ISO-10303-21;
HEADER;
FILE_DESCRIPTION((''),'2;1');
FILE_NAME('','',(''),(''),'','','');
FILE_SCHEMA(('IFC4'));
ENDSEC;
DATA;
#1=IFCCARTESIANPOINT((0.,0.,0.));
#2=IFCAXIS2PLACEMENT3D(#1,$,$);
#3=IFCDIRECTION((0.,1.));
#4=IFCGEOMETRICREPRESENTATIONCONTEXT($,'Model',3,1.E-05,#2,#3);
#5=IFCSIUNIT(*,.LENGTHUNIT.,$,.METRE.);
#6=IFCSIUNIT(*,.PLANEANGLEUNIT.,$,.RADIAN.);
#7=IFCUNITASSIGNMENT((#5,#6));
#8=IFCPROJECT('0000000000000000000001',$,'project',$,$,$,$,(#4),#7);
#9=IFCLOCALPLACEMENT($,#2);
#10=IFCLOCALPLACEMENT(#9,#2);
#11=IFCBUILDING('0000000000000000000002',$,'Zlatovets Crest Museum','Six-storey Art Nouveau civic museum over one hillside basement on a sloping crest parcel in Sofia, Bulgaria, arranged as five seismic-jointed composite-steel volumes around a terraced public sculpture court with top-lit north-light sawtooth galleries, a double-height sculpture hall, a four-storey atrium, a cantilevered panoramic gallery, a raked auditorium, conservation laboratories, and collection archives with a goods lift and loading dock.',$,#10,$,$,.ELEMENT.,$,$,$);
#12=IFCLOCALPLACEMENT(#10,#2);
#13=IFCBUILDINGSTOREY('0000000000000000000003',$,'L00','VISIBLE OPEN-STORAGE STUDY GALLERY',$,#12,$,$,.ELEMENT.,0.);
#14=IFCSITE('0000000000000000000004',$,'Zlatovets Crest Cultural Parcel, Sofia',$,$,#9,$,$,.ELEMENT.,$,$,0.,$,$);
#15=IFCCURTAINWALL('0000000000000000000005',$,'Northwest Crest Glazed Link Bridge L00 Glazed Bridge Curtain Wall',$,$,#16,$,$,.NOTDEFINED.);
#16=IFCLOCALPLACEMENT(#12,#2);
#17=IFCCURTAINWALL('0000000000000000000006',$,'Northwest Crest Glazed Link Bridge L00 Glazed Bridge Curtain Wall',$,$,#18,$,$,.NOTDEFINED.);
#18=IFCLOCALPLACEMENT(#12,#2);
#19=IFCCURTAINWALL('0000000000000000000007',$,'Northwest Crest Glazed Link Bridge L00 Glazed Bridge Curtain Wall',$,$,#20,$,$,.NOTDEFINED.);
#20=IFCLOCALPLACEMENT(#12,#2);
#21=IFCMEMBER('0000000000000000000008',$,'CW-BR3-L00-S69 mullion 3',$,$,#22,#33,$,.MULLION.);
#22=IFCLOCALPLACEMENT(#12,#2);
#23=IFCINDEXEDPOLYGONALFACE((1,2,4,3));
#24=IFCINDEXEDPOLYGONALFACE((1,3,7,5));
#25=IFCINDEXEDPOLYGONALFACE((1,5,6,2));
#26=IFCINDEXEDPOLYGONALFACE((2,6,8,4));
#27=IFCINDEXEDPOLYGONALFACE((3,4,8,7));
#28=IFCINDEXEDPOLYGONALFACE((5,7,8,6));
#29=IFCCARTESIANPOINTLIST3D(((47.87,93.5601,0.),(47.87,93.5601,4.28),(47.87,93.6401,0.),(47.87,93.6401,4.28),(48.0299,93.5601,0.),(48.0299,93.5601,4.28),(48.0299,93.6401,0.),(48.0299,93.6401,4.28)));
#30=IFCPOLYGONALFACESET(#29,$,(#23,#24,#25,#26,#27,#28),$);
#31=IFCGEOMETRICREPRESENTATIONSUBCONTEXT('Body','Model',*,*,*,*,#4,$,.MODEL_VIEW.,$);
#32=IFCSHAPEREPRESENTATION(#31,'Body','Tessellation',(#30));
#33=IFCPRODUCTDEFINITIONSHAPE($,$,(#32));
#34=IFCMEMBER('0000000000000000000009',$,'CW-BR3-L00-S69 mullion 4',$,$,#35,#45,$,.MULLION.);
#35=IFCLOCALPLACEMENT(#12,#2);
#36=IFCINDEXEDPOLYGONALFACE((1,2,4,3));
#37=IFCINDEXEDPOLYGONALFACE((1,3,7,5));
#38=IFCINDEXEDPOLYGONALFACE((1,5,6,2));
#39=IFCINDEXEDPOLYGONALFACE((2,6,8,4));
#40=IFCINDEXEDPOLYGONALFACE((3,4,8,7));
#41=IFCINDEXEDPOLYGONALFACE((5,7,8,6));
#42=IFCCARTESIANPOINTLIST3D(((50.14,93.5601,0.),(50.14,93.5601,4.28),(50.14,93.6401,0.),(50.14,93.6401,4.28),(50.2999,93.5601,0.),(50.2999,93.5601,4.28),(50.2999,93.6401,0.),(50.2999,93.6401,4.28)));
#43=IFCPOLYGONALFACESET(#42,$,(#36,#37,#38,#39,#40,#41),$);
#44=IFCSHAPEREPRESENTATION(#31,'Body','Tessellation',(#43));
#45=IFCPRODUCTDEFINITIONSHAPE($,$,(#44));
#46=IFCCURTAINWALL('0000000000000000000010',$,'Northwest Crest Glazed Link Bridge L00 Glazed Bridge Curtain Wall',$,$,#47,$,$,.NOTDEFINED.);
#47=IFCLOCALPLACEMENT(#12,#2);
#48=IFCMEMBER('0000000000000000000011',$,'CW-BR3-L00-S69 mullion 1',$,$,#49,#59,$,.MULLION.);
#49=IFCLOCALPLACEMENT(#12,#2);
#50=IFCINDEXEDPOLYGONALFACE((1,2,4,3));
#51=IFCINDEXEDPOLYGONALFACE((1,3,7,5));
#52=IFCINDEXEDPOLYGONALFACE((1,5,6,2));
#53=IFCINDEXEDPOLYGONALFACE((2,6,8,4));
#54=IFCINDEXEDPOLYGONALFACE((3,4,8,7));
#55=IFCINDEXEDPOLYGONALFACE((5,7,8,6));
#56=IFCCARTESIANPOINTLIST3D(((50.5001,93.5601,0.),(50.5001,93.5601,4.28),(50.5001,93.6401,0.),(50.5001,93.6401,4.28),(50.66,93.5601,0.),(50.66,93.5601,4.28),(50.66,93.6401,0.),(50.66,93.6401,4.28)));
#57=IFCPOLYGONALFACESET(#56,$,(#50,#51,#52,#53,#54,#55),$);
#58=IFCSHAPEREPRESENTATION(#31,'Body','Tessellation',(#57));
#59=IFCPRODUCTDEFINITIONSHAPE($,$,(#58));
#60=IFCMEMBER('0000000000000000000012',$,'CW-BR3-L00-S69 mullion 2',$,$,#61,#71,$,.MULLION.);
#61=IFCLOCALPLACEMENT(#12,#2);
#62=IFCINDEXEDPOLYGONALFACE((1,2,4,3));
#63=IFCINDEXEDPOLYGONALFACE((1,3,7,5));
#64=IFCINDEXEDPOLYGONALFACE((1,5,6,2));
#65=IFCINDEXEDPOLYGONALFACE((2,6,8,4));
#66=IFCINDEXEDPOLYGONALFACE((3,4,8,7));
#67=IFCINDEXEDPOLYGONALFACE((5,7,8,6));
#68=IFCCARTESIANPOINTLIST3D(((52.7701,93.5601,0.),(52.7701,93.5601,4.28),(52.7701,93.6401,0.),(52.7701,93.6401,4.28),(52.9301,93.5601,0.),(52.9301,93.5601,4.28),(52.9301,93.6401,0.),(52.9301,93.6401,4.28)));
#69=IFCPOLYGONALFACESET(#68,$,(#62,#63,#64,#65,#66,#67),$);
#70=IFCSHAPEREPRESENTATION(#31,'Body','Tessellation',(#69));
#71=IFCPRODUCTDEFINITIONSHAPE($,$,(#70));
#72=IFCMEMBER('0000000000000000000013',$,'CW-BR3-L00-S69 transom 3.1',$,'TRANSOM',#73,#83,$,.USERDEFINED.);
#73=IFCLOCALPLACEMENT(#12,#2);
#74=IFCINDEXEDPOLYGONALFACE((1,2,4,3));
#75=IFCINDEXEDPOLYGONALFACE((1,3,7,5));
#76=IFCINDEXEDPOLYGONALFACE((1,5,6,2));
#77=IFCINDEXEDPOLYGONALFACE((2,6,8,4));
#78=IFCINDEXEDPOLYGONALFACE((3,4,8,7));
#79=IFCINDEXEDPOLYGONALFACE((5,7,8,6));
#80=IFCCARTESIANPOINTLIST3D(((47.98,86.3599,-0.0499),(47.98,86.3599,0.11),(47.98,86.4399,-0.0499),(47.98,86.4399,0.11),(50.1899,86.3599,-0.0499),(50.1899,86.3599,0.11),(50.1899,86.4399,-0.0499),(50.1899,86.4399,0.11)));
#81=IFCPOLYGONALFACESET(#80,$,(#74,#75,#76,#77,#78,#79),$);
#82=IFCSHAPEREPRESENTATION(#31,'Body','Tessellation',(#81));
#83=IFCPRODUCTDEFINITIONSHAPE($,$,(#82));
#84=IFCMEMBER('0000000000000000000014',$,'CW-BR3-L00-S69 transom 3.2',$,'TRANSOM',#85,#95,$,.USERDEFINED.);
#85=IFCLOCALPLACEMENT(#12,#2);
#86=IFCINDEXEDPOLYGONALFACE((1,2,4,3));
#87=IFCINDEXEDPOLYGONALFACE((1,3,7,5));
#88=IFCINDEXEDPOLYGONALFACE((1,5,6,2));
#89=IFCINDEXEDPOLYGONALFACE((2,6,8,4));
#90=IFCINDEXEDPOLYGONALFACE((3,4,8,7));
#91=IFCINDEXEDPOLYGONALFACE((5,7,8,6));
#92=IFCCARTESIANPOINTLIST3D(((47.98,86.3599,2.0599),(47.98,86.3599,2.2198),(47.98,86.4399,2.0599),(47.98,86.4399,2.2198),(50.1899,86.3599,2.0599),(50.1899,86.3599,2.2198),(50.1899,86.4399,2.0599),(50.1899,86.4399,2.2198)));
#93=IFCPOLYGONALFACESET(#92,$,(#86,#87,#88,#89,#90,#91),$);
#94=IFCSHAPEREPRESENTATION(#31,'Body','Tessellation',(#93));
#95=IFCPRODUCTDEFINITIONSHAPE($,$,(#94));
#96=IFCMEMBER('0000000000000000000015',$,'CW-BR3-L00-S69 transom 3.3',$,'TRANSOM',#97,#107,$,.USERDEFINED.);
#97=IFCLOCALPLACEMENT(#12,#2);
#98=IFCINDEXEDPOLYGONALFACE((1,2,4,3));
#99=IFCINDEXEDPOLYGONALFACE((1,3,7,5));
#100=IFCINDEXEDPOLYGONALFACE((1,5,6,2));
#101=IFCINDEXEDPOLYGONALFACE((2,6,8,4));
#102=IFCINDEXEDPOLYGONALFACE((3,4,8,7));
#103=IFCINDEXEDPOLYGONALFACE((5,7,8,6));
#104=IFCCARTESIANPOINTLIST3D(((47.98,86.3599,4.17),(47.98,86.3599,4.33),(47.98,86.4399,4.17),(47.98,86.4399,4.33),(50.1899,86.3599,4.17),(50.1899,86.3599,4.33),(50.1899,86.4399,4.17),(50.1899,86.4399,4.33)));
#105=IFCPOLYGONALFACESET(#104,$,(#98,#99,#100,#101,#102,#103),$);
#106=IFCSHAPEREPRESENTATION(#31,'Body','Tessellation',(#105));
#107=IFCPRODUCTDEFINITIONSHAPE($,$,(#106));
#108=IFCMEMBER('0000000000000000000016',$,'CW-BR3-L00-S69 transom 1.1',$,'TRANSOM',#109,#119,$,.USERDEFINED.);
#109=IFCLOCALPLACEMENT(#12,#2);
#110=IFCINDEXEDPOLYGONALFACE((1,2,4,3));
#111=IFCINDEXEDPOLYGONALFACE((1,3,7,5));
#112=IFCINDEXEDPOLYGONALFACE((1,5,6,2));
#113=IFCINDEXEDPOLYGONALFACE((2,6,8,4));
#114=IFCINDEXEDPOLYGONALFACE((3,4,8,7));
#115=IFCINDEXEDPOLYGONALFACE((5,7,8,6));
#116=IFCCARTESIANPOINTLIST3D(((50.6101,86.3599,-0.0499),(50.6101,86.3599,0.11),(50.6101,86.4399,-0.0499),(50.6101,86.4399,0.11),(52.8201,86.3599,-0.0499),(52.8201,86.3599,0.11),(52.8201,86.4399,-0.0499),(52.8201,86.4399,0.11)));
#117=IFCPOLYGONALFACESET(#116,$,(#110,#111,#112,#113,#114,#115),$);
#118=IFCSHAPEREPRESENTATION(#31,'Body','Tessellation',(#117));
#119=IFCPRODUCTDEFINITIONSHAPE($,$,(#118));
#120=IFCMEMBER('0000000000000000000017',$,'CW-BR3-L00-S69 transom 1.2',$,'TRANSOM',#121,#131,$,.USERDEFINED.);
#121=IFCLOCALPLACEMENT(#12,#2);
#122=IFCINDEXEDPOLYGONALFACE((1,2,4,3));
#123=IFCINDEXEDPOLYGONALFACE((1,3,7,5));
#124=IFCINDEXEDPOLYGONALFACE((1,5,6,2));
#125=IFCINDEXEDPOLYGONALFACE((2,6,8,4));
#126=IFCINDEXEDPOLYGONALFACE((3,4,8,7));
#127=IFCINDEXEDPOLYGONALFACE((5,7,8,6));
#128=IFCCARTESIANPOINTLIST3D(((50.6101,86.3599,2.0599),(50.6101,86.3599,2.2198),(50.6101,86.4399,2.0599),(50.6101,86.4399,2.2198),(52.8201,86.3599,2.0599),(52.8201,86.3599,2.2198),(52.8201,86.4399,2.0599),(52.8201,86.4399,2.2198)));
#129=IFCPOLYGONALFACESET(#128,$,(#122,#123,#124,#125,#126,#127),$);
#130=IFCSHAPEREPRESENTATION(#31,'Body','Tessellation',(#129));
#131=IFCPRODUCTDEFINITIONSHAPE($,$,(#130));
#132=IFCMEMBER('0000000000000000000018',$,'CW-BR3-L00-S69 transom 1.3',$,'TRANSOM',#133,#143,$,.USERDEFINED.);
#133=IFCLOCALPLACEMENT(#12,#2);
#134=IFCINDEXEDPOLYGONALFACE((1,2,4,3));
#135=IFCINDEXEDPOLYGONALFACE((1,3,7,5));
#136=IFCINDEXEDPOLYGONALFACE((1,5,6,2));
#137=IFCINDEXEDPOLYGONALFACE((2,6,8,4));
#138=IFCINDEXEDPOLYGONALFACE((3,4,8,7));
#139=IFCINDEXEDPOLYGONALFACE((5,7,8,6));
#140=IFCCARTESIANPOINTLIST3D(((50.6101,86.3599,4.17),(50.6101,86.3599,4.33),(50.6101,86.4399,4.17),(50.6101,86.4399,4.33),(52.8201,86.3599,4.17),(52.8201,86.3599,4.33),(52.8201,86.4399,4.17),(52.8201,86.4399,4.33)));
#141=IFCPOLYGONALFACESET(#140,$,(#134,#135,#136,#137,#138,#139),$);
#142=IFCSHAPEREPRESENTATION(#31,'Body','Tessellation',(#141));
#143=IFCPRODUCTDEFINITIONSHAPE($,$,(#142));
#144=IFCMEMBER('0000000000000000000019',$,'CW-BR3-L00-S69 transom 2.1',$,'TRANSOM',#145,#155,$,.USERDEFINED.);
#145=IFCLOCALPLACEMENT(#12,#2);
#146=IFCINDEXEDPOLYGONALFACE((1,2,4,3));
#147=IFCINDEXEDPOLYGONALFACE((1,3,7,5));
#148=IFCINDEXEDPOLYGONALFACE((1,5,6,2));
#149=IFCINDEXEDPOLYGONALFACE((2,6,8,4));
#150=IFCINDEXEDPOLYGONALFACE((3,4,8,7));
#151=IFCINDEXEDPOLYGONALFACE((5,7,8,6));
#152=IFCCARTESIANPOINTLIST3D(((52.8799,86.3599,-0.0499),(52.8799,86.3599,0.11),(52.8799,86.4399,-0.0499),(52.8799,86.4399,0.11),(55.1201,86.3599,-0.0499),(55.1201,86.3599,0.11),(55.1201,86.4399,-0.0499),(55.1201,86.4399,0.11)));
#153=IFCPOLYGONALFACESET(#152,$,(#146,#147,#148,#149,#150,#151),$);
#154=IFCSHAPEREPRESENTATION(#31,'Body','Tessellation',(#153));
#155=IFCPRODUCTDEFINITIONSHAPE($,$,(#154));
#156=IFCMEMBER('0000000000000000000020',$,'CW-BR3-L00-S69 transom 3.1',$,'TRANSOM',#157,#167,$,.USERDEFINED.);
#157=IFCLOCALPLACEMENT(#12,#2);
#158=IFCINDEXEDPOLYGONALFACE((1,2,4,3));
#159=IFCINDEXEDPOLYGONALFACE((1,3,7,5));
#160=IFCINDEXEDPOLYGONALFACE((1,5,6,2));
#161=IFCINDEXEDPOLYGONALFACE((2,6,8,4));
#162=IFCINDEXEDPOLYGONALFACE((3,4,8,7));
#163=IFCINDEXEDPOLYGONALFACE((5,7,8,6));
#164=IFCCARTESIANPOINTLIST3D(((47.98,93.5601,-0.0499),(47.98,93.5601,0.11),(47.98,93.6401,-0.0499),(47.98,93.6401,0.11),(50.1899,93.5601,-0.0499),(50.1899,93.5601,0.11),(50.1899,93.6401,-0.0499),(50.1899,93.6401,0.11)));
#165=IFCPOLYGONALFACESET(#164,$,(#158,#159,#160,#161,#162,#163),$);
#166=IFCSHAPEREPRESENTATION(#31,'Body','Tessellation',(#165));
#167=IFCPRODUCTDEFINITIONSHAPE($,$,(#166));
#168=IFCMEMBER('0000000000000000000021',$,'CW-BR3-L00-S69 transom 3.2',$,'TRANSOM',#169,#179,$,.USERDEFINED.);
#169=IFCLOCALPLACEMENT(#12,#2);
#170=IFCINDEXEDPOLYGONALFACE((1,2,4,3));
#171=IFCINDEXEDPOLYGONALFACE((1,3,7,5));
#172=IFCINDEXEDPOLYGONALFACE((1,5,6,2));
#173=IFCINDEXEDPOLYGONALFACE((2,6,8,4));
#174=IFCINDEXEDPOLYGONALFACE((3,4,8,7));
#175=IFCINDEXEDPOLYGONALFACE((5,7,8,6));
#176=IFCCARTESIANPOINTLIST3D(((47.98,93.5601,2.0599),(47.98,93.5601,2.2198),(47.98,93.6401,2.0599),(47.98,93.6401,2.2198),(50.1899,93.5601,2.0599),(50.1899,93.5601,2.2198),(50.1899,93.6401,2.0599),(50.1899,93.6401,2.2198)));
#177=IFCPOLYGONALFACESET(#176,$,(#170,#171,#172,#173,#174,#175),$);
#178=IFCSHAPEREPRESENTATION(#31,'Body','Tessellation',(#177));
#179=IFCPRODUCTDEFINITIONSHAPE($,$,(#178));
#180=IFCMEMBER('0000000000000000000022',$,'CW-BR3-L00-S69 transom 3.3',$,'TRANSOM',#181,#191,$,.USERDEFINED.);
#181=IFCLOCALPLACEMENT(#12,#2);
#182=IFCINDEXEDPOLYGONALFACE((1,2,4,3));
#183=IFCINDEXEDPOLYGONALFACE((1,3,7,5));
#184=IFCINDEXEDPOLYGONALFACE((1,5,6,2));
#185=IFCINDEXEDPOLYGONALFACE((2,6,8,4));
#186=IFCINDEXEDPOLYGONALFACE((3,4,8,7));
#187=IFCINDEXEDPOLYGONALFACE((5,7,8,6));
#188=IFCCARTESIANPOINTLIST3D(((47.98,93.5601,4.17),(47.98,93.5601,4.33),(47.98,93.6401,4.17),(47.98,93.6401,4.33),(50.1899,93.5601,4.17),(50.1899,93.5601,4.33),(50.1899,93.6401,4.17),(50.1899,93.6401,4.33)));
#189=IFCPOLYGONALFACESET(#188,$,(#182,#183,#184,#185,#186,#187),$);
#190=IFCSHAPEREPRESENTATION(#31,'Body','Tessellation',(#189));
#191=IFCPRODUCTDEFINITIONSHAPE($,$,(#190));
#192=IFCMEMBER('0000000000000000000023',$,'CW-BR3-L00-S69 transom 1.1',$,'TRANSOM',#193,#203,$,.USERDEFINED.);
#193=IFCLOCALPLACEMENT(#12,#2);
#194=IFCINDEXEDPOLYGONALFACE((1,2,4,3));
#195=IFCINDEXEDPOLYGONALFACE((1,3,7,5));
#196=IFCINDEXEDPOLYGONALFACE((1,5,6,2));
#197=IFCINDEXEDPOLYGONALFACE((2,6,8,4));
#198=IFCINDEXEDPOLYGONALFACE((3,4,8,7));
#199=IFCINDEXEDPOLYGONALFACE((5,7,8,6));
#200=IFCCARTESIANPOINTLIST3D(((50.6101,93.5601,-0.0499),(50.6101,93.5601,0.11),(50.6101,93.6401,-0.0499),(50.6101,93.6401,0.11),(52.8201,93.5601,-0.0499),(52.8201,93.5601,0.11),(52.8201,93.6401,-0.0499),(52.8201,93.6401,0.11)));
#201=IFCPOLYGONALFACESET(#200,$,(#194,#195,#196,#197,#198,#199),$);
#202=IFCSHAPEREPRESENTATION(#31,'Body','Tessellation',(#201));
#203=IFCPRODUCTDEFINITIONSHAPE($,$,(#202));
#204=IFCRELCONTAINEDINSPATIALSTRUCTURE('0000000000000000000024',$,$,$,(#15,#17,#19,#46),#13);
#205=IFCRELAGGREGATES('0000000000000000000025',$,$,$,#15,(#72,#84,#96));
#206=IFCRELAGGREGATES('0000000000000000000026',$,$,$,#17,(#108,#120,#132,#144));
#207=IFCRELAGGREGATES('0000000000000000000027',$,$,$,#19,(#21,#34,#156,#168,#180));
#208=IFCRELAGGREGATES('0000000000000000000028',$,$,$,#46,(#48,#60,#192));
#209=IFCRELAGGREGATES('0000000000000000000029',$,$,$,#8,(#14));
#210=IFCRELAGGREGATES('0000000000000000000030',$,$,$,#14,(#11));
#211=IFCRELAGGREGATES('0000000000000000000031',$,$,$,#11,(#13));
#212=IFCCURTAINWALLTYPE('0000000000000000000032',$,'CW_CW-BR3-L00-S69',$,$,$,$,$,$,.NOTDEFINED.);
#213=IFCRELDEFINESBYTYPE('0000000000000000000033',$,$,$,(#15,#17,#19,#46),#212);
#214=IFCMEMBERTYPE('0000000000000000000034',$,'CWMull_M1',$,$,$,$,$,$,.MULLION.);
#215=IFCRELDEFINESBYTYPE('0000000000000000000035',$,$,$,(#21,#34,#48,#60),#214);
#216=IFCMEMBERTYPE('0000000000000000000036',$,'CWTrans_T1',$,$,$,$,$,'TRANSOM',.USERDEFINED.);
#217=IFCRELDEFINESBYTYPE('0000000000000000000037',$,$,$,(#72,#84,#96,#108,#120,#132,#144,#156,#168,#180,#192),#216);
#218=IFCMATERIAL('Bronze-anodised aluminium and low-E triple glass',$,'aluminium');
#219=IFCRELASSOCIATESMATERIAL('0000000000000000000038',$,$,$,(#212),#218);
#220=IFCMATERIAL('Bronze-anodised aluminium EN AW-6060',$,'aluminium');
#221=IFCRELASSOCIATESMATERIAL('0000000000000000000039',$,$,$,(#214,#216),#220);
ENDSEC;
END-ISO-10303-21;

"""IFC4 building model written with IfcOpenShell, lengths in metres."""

from ifc_helpers import new_model, si_unit, direction, frame, origin, origin_2d, place, context, subcontext, project, spatial, rectangle, extrude, material, material_profile, profile_set, type_object, element, aggregate, save


model = new_model("IFC4")

# Units and contexts
model_context = context("Model", 3, precision=1e-05, world=origin(), true_north=direction((0.0, 1.0)))
body_context = subcontext(model_context, "Body", "Model", "MODEL_VIEW")
ifc_project = project(units=[si_unit("LENGTHUNIT", "METRE"), si_unit("PLANEANGLEUNIT", "RADIAN")], contexts=[model_context])

# Site, building, storey
site_placement = place(None, origin())
site = spatial("IfcSite", under=ifc_project, at=site_placement, Name="Zlatovets Crest Cultural Parcel, Sofia", CompositionType="ELEMENT", RefElevation=0.0)
building_placement = place(site_placement, origin())
building = spatial("IfcBuilding", under=site, at=building_placement, Name="Zlatovets Crest Museum", Description="Six-storey Art Nouveau civic museum over one hillside basement on a sloping crest parcel in Sofia, Bulgaria, arranged as five seismic-jointed composite-steel volumes around a terraced public sculpture court with top-lit north-light sawtooth galleries, a double-height sculpture hall, a four-storey atrium, a cantilevered panoramic gallery, a raked auditorium, conservation laboratories, and collection archives with a goods lift and loading dock.", CompositionType="ELEMENT")
storey_placement = place(building_placement, origin())
storey = spatial("IfcBuildingStorey", under=building, at=storey_placement, Name="L00", Description="VISIBLE OPEN-STORAGE STUDY GALLERY", CompositionType="ELEMENT", Elevation=0.0)

# Curtain walls, members
ifc_material_1 = material(Name="Bronze-anodised aluminium and low-E triple glass", Category="aluminium")
curtain_wall_type = type_object("IfcCurtainWallType", Name="CW_CW-BR3-L00-S69", PredefinedType="NOTDEFINED", material=ifc_material_1)
curtain_wall_1_placement = place(storey_placement, origin())
curtain_wall_1 = element("IfcCurtainWall", 1, at=curtain_wall_1_placement, inside=storey, type_object=curtain_wall_type, Name="Northwest Crest Glazed Link Bridge L00 Glazed Bridge Curtain Wall", PredefinedType="NOTDEFINED")
ifc_material_2 = material(Name="Bronze-anodised aluminium EN AW-6060", Category="aluminium")
ifc_material_profile_1 = material_profile(ifc_material_2, rectangle(XDim=0.0801, YDim=0.1599, at=origin_2d()), Name="ALU 80x160")
ifc_profile_set_1 = profile_set([ifc_material_profile_1], Name="Bronze-anodised aluminium EN AW-6060")
member_type_1 = type_object("IfcMemberType", Name="CWMull_M1", PredefinedType="MULLION", material=ifc_profile_set_1)
curtain_wall_2_placement = place(storey_placement, origin())
curtain_wall_2 = element("IfcCurtainWall", 2, at=curtain_wall_2_placement, inside=storey, type_object=curtain_wall_type, Name="Northwest Crest Glazed Link Bridge L00 Glazed Bridge Curtain Wall", PredefinedType="NOTDEFINED")
curtain_wall_3_placement = place(storey_placement, origin())
curtain_wall_3 = element("IfcCurtainWall", 3, at=curtain_wall_3_placement, inside=storey, type_object=curtain_wall_type, Name="Northwest Crest Glazed Link Bridge L00 Glazed Bridge Curtain Wall", PredefinedType="NOTDEFINED")
member_1_placement = place(storey_placement, frame((47.95, 93.6001, 0.0), z_axis=(0.0, 0.0, 1.0), x_axis=(0.0, 1.0, 0.0)))
member_1 = element("IfcMember", 4, at=member_1_placement, type_object=member_type_1, Name="CW-BR3-L00-S69 mullion 3", PredefinedType="MULLION", context=body_context, shape_type="SweptSolid", body=[
    extrude(rectangle(XDim=0.0801, YDim=0.1599, at=origin_2d()), origin(), (0.0, 0.0, 1.0), 4.28),
])
member_2_placement = place(storey_placement, frame((50.22, 93.6001, 0.0), z_axis=(0.0, 0.0, 1.0), x_axis=(0.0, 1.0, 0.0)))
member_2 = element("IfcMember", 5, at=member_2_placement, type_object=member_type_1, Name="CW-BR3-L00-S69 mullion 4", PredefinedType="MULLION", context=body_context, shape_type="SweptSolid", body=[
    extrude(rectangle(XDim=0.0801, YDim=0.1599, at=origin_2d()), origin(), (0.0, 0.0, 1.0), 4.28),
])
curtain_wall_4_placement = place(storey_placement, origin())
curtain_wall_4 = element("IfcCurtainWall", 6, at=curtain_wall_4_placement, inside=storey, type_object=curtain_wall_type, Name="Northwest Crest Glazed Link Bridge L00 Glazed Bridge Curtain Wall", PredefinedType="NOTDEFINED")
member_3_placement = place(storey_placement, frame((50.5801, 93.6001, 0.0), z_axis=(0.0, 0.0, 1.0), x_axis=(0.0, 1.0, 0.0)))
member_3 = element("IfcMember", 7, at=member_3_placement, type_object=member_type_1, Name="CW-BR3-L00-S69 mullion 1", PredefinedType="MULLION", context=body_context, shape_type="SweptSolid", body=[
    extrude(rectangle(XDim=0.0801, YDim=0.1599, at=origin_2d()), origin(), (0.0, 0.0, 1.0), 4.28),
])
member_4_placement = place(storey_placement, frame((52.8501, 93.6001, 0.0), z_axis=(0.0, 0.0, 1.0), x_axis=(0.0, 1.0, 0.0)))
member_4 = element("IfcMember", 8, at=member_4_placement, type_object=member_type_1, Name="CW-BR3-L00-S69 mullion 2", PredefinedType="MULLION", context=body_context, shape_type="SweptSolid", body=[
    extrude(rectangle(XDim=0.0801, YDim=0.1599, at=origin_2d()), origin(), (0.0, 0.0, 1.0), 4.28),
])

# Members
ifc_material_profile_2 = material_profile(ifc_material_2, rectangle(XDim=0.0801, YDim=0.1599, at=origin_2d()), Name="ALU 80x160")
ifc_profile_set_2 = profile_set([ifc_material_profile_2], Name="Bronze-anodised aluminium EN AW-6060")
member_type_2 = type_object("IfcMemberType", Name="CWTrans_T1", ElementType="TRANSOM", PredefinedType="USERDEFINED", material=ifc_profile_set_2)
member_5_placement = place(storey_placement, frame((47.98, 86.3999, 0.03), z_axis=(1.0, 0.0, 0.0), x_axis=(0.0, 1.0, 0.0)))
member_5 = element("IfcMember", 9, at=member_5_placement, type_object=member_type_2, Name="CW-BR3-L00-S69 transom 3.1", ObjectType="TRANSOM", PredefinedType="USERDEFINED", context=body_context, shape_type="SweptSolid", body=[
    extrude(rectangle(XDim=0.0801, YDim=0.1599, at=origin_2d()), origin(), (0.0, 0.0, 1.0), 2.21),
])
member_6_placement = place(storey_placement, frame((47.98, 86.3999, 2.1399), z_axis=(1.0, 0.0, 0.0), x_axis=(0.0, 1.0, 0.0)))
member_6 = element("IfcMember", 10, at=member_6_placement, type_object=member_type_2, Name="CW-BR3-L00-S69 transom 3.2", ObjectType="TRANSOM", PredefinedType="USERDEFINED", context=body_context, shape_type="SweptSolid", body=[
    extrude(rectangle(XDim=0.0801, YDim=0.1599, at=origin_2d()), origin(), (0.0, 0.0, 1.0), 2.21),
])
member_7_placement = place(storey_placement, frame((47.98, 86.3999, 4.25), z_axis=(1.0, 0.0, 0.0), x_axis=(0.0, 1.0, 0.0)))
member_7 = element("IfcMember", 11, at=member_7_placement, type_object=member_type_2, Name="CW-BR3-L00-S69 transom 3.3", ObjectType="TRANSOM", PredefinedType="USERDEFINED", context=body_context, shape_type="SweptSolid", body=[
    extrude(rectangle(XDim=0.0801, YDim=0.1599, at=origin_2d()), origin(), (0.0, 0.0, 1.0), 2.21),
])
member_8_placement = place(storey_placement, frame((50.6101, 86.3999, 0.03), z_axis=(1.0, 0.0, 0.0), x_axis=(0.0, 1.0, 0.0)))
member_8 = element("IfcMember", 12, at=member_8_placement, type_object=member_type_2, Name="CW-BR3-L00-S69 transom 1.1", ObjectType="TRANSOM", PredefinedType="USERDEFINED", context=body_context, shape_type="SweptSolid", body=[
    extrude(rectangle(XDim=0.0801, YDim=0.1599, at=origin_2d()), origin(), (0.0, 0.0, 1.0), 2.21),
])
member_9_placement = place(storey_placement, frame((50.6101, 86.3999, 2.1399), z_axis=(1.0, 0.0, 0.0), x_axis=(0.0, 1.0, 0.0)))
member_9 = element("IfcMember", 13, at=member_9_placement, type_object=member_type_2, Name="CW-BR3-L00-S69 transom 1.2", ObjectType="TRANSOM", PredefinedType="USERDEFINED", context=body_context, shape_type="SweptSolid", body=[
    extrude(rectangle(XDim=0.0801, YDim=0.1599, at=origin_2d()), origin(), (0.0, 0.0, 1.0), 2.21),
])
member_10_placement = place(storey_placement, frame((50.6101, 86.3999, 4.25), z_axis=(1.0, 0.0, 0.0), x_axis=(0.0, 1.0, 0.0)))
member_10 = element("IfcMember", 14, at=member_10_placement, type_object=member_type_2, Name="CW-BR3-L00-S69 transom 1.3", ObjectType="TRANSOM", PredefinedType="USERDEFINED", context=body_context, shape_type="SweptSolid", body=[
    extrude(rectangle(XDim=0.0801, YDim=0.1599, at=origin_2d()), origin(), (0.0, 0.0, 1.0), 2.21),
])
member_11_placement = place(storey_placement, frame((52.8799, 86.3999, 0.03), z_axis=(1.0, 0.0, 0.0), x_axis=(0.0, 1.0, 0.0)))
member_11 = element("IfcMember", 15, at=member_11_placement, type_object=member_type_2, Name="CW-BR3-L00-S69 transom 2.1", ObjectType="TRANSOM", PredefinedType="USERDEFINED", context=body_context, shape_type="SweptSolid", body=[
    extrude(rectangle(XDim=0.0801, YDim=0.1599, at=origin_2d()), origin(), (0.0, 0.0, 1.0), 2.2402),
])
member_12_placement = place(storey_placement, frame((47.98, 93.6001, 0.03), z_axis=(1.0, 0.0, 0.0), x_axis=(0.0, 1.0, 0.0)))
member_12 = element("IfcMember", 16, at=member_12_placement, type_object=member_type_2, Name="CW-BR3-L00-S69 transom 3.1", ObjectType="TRANSOM", PredefinedType="USERDEFINED", context=body_context, shape_type="SweptSolid", body=[
    extrude(rectangle(XDim=0.0801, YDim=0.1599, at=origin_2d()), origin(), (0.0, 0.0, 1.0), 2.21),
])
member_13_placement = place(storey_placement, frame((47.98, 93.6001, 2.1399), z_axis=(1.0, 0.0, 0.0), x_axis=(0.0, 1.0, 0.0)))
member_13 = element("IfcMember", 17, at=member_13_placement, type_object=member_type_2, Name="CW-BR3-L00-S69 transom 3.2", ObjectType="TRANSOM", PredefinedType="USERDEFINED", context=body_context, shape_type="SweptSolid", body=[
    extrude(rectangle(XDim=0.0801, YDim=0.1599, at=origin_2d()), origin(), (0.0, 0.0, 1.0), 2.21),
])
member_14_placement = place(storey_placement, frame((47.98, 93.6001, 4.25), z_axis=(1.0, 0.0, 0.0), x_axis=(0.0, 1.0, 0.0)))
member_14 = element("IfcMember", 18, at=member_14_placement, type_object=member_type_2, Name="CW-BR3-L00-S69 transom 3.3", ObjectType="TRANSOM", PredefinedType="USERDEFINED", context=body_context, shape_type="SweptSolid", body=[
    extrude(rectangle(XDim=0.0801, YDim=0.1599, at=origin_2d()), origin(), (0.0, 0.0, 1.0), 2.21),
])
member_15_placement = place(storey_placement, frame((50.6101, 93.6001, 0.03), z_axis=(1.0, 0.0, 0.0), x_axis=(0.0, 1.0, 0.0)))
member_15 = element("IfcMember", 19, at=member_15_placement, type_object=member_type_2, Name="CW-BR3-L00-S69 transom 1.1", ObjectType="TRANSOM", PredefinedType="USERDEFINED", context=body_context, shape_type="SweptSolid", body=[
    extrude(rectangle(XDim=0.0801, YDim=0.1599, at=origin_2d()), origin(), (0.0, 0.0, 1.0), 2.21),
])

aggregate(curtain_wall_1, [member_5, member_6, member_7])
aggregate(curtain_wall_2, [member_8, member_9, member_10, member_11])
aggregate(curtain_wall_3, [member_1, member_2, member_12, member_13, member_14])
aggregate(curtain_wall_4, [member_3, member_4, member_15])

save(model, "model.ifc")
